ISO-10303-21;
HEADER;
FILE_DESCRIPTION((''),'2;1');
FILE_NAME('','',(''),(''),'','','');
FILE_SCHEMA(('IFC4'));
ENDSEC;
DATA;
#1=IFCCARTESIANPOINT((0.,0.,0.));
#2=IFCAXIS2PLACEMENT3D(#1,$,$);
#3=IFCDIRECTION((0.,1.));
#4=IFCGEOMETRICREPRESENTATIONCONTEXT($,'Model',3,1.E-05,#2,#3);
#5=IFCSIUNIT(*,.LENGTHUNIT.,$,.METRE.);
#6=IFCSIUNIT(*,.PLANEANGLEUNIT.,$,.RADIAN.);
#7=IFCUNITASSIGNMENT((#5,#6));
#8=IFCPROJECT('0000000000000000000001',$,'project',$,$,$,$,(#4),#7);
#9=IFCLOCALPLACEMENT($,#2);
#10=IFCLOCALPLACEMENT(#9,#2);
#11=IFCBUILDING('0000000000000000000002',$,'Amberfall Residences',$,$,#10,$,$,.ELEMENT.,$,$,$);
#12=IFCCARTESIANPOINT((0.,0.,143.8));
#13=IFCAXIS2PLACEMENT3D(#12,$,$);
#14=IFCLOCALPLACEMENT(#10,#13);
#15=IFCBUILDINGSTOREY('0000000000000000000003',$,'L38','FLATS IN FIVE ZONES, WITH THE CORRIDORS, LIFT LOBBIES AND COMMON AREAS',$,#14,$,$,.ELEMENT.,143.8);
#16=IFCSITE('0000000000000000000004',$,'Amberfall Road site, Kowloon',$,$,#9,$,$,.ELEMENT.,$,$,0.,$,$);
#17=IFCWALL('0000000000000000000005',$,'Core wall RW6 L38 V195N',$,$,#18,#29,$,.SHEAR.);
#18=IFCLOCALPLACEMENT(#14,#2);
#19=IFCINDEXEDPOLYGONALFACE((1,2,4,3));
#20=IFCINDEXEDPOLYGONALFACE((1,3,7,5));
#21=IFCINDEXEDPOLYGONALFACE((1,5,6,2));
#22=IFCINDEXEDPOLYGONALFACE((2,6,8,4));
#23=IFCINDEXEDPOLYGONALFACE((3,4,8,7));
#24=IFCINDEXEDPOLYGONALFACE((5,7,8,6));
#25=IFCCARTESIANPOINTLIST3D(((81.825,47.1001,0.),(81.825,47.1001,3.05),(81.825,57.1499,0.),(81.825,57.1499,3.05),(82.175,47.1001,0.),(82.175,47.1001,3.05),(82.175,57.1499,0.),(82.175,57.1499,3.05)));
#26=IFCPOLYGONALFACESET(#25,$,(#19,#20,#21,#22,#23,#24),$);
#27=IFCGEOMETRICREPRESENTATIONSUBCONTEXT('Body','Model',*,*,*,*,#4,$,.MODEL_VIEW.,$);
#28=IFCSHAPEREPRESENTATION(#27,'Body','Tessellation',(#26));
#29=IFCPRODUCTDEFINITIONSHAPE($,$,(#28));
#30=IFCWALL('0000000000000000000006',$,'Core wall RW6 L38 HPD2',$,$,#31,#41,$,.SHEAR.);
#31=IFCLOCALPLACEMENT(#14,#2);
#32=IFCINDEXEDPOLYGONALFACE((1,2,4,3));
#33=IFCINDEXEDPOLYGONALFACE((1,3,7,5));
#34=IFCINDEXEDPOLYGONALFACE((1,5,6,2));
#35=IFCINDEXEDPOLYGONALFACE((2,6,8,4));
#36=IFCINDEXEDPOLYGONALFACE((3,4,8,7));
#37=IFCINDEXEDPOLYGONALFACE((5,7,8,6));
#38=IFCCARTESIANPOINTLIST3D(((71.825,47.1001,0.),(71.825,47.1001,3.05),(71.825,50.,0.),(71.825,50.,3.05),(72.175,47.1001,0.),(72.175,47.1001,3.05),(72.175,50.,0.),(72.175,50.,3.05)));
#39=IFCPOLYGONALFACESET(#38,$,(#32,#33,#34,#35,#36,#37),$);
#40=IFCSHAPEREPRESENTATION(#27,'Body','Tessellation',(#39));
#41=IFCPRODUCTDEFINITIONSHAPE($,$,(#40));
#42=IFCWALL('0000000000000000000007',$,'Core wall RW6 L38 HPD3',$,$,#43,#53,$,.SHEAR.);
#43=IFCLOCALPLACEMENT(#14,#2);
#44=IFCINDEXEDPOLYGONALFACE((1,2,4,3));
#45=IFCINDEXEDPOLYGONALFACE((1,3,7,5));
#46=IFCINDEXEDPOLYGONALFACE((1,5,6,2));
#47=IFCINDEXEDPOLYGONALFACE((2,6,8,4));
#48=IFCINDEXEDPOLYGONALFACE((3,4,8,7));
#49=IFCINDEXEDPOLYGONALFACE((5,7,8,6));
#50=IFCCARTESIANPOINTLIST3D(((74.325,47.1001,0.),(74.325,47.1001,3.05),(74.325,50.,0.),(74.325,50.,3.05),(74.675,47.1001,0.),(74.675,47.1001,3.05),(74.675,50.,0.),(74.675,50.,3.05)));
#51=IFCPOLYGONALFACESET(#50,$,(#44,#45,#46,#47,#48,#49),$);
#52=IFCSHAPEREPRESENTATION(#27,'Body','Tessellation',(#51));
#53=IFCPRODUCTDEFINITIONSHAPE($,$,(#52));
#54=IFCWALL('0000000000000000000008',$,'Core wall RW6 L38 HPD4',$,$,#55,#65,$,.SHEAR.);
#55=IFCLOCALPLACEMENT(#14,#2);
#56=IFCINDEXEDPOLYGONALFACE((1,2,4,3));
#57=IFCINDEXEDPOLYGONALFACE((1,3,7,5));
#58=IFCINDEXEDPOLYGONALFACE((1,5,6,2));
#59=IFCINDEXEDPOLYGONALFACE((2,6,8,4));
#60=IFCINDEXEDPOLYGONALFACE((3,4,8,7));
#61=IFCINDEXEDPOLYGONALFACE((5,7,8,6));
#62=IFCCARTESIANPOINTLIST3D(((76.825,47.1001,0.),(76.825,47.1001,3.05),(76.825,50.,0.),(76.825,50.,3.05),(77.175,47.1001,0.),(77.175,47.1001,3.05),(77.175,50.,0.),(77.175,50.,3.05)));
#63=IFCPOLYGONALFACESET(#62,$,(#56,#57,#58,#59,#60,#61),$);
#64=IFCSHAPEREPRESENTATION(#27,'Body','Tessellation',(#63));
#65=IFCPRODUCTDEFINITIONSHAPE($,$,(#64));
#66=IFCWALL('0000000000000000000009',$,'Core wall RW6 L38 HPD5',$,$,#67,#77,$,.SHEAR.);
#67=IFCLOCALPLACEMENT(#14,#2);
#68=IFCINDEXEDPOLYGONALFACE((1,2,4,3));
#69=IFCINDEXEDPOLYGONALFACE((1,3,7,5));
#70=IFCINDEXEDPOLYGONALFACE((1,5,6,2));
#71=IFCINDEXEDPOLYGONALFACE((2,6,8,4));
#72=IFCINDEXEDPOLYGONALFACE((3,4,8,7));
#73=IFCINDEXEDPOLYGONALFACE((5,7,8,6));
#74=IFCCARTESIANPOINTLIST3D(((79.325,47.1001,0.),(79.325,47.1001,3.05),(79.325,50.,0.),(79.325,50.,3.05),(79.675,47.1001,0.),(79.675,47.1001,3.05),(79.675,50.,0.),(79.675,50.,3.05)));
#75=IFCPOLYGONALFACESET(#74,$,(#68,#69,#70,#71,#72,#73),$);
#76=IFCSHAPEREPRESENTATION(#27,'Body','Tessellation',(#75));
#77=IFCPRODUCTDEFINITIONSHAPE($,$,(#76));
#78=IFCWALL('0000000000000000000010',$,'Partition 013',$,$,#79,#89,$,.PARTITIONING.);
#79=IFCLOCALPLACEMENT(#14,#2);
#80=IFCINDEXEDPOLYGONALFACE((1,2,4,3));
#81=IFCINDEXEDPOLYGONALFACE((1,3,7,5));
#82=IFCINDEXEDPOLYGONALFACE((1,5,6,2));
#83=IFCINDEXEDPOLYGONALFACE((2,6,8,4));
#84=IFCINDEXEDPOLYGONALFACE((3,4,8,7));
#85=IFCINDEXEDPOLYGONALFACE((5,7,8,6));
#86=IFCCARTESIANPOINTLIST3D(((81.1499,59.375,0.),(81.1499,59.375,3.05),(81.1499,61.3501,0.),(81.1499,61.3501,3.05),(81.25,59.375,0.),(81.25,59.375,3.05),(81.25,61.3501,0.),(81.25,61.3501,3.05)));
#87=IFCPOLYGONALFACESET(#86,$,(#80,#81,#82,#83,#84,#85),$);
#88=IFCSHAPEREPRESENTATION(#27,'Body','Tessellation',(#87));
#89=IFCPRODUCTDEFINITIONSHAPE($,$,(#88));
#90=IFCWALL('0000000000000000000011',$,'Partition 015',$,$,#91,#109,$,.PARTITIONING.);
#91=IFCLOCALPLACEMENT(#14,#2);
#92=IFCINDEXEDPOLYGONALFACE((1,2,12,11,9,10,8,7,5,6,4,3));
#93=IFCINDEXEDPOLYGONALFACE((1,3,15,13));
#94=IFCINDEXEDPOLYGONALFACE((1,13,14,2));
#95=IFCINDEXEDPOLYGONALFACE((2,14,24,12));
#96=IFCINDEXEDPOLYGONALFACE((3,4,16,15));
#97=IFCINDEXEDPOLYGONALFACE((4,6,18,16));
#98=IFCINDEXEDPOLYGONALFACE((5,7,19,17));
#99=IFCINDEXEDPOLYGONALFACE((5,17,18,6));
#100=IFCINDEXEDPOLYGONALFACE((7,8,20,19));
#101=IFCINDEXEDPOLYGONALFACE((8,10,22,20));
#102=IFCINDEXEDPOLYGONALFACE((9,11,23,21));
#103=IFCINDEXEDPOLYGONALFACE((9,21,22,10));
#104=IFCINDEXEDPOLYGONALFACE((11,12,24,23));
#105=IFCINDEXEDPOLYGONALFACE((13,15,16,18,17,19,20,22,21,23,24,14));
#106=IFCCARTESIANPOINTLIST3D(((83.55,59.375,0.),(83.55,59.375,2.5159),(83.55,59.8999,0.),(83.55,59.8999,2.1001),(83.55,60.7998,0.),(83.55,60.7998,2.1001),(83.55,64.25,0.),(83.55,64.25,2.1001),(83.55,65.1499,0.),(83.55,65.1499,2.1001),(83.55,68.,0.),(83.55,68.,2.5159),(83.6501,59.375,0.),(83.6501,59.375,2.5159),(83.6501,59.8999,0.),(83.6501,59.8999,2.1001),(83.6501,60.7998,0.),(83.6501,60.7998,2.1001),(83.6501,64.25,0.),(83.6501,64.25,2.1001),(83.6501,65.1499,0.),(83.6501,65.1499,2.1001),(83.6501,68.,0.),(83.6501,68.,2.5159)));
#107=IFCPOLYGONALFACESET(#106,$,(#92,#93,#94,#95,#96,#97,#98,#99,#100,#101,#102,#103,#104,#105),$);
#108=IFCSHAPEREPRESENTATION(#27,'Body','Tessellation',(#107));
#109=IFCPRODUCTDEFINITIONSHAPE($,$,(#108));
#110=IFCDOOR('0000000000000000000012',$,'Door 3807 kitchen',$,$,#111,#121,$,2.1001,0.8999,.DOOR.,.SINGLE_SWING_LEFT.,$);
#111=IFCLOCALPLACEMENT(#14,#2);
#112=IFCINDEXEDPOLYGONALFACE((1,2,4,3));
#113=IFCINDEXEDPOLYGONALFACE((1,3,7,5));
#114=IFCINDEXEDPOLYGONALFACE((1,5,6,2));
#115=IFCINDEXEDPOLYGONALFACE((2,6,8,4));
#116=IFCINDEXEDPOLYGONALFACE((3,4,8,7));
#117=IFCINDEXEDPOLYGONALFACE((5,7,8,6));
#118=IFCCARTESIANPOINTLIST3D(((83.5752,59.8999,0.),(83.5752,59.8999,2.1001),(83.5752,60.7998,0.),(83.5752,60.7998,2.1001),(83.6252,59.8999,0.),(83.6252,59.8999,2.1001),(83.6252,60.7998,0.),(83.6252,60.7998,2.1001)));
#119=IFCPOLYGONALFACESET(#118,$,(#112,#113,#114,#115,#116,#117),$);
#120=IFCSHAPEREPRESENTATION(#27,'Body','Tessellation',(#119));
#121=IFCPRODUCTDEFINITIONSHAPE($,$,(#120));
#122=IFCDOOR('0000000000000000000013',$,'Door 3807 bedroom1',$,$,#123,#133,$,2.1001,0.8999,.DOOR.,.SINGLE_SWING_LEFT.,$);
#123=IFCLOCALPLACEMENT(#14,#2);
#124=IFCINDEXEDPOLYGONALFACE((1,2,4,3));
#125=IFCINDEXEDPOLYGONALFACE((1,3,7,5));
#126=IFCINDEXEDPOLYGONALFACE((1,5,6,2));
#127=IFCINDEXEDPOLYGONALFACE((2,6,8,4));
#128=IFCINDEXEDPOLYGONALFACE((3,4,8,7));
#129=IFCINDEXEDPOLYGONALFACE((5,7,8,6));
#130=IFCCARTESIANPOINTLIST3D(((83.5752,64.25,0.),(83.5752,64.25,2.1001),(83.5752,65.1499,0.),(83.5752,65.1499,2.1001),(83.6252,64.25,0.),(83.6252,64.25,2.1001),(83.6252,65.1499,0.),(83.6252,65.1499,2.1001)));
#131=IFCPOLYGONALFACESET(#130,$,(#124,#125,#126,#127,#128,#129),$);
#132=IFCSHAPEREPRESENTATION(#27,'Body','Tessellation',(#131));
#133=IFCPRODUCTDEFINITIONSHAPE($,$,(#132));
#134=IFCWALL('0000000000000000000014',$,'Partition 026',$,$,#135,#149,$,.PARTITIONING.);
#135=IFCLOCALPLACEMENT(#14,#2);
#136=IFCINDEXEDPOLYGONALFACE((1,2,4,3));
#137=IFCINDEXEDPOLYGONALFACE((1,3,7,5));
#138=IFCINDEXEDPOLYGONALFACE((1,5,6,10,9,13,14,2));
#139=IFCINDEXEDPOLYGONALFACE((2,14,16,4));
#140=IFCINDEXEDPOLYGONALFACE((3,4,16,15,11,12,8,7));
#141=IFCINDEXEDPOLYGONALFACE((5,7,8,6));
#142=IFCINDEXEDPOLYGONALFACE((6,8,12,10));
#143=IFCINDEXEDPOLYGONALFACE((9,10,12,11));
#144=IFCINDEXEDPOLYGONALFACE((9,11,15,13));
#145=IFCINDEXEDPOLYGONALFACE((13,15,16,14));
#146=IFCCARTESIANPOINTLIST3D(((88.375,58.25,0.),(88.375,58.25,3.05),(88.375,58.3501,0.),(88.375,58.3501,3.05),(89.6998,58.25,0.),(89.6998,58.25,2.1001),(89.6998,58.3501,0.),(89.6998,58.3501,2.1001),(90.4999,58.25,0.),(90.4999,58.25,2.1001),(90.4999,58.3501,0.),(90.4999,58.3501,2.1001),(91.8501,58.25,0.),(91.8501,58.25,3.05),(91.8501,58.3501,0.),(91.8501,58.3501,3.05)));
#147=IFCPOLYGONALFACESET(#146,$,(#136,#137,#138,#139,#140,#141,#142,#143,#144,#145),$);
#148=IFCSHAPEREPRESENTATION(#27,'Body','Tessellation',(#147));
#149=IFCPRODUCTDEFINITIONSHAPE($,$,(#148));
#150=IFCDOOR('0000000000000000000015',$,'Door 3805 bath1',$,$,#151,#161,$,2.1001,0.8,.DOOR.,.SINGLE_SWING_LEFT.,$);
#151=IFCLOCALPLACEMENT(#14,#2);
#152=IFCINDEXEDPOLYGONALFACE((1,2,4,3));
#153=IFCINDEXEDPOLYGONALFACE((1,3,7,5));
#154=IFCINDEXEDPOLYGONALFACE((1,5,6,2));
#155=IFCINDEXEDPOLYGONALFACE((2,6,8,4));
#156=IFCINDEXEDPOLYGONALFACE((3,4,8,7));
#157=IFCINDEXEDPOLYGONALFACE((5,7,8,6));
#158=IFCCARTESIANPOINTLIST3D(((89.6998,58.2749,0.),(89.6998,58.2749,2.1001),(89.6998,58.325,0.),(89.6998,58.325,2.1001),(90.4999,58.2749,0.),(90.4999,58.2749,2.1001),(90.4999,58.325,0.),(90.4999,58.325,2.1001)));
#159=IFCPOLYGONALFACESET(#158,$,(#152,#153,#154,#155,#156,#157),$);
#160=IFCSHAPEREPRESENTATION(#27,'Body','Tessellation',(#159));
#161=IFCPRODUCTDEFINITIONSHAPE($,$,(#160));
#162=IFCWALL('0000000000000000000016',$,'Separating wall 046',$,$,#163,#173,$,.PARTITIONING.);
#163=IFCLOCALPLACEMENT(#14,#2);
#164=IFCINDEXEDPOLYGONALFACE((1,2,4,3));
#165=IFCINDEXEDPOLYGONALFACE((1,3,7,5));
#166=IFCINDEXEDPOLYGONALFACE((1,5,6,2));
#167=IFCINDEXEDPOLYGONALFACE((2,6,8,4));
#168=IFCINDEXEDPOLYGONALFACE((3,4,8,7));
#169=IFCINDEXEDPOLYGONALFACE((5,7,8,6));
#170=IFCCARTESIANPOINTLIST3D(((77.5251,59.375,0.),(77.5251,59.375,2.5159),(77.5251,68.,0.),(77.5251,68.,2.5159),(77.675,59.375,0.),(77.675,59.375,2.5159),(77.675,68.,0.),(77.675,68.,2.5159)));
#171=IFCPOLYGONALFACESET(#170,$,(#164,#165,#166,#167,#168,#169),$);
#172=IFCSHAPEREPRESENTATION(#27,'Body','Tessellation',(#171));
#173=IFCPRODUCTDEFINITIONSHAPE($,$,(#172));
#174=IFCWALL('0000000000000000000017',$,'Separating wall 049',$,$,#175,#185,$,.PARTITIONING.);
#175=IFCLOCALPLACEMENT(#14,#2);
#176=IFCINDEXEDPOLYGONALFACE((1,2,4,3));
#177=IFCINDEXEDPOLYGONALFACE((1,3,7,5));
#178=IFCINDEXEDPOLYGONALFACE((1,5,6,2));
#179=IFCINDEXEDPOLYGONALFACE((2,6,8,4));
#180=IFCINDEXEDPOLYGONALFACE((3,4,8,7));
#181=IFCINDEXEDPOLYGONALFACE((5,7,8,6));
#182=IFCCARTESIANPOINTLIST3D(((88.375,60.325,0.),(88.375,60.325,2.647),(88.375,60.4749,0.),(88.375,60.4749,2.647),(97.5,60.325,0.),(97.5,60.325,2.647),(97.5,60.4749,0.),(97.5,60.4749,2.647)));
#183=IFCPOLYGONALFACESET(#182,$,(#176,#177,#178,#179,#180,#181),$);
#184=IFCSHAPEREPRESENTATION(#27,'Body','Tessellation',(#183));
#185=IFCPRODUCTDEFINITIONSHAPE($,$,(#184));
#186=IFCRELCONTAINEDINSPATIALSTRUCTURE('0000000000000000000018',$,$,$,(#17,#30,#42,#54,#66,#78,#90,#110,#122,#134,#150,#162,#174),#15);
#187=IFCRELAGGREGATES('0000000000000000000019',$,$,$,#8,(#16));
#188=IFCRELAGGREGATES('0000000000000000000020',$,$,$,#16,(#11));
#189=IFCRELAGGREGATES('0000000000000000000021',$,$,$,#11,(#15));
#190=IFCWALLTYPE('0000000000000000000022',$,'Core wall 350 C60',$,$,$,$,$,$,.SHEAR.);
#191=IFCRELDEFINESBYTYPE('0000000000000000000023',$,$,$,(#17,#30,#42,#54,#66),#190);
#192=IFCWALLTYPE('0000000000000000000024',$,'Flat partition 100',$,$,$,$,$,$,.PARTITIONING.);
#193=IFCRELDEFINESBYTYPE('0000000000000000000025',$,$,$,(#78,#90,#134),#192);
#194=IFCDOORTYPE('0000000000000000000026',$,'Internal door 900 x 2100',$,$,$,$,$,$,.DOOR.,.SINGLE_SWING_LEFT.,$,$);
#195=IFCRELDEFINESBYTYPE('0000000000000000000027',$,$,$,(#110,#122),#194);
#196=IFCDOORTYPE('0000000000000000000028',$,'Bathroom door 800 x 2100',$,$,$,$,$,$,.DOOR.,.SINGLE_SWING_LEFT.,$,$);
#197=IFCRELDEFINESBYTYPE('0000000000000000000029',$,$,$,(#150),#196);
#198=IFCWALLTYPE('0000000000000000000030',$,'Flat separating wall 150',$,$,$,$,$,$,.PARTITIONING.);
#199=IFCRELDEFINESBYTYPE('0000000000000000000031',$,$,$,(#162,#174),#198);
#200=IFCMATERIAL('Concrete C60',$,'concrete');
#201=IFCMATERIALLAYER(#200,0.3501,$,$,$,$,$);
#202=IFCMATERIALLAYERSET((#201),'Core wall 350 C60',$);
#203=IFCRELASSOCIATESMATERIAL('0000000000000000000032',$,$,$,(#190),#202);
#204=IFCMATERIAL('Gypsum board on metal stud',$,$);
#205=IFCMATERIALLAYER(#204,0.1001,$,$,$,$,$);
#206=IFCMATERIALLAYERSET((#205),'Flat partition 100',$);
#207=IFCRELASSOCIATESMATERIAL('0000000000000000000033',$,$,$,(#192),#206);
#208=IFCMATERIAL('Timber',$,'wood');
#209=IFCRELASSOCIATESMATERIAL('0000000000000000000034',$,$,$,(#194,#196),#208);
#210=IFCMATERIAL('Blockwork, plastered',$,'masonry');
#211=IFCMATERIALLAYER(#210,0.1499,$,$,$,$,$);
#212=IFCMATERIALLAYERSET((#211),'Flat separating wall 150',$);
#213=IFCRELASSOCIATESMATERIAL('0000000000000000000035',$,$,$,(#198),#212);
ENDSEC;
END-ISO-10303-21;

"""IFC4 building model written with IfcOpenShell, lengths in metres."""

from ifc_helpers import new_model, si_unit, direction, frame, frame_2d, origin, place, context, subcontext, project, spatial, rectangle, extrude, material, layer, layer_set, type_object, element, fill, save


model = new_model("IFC4")

# Units and contexts
model_context = context("Model", 3, precision=1e-05, world=origin(), true_north=direction((0.0, 1.0)))
body_context = subcontext(model_context, "Body", "Model", "MODEL_VIEW")
ifc_project = project(units=[si_unit("LENGTHUNIT", "METRE"), si_unit("PLANEANGLEUNIT", "RADIAN")], contexts=[model_context])

# Site, building, storey
site_placement = place(None, origin())
site = spatial("IfcSite", under=ifc_project, at=site_placement, Name="Amberfall Road site, Kowloon", CompositionType="ELEMENT", RefElevation=0.0)
building_placement = place(site_placement, origin())
building = spatial("IfcBuilding", under=site, at=building_placement, Name="Amberfall Residences", CompositionType="ELEMENT")
storey_placement = place(building_placement, frame((0.0, 0.0, 143.8)))
storey = spatial("IfcBuildingStorey", under=building, at=storey_placement, Name="L38", Description="FLATS IN FIVE ZONES, WITH THE CORRIDORS, LIFT LOBBIES AND COMMON AREAS", CompositionType="ELEMENT", Elevation=143.8)

# Walls
ifc_material_1 = material(Name="Concrete C60", Category="concrete")
ifc_layer_1 = layer(ifc_material_1, 0.3501)
ifc_layer_set_1 = layer_set([ifc_layer_1], Name="Core wall 350 C60")
wall_type_1 = type_object("IfcWallType", Name="Core wall 350 C60", PredefinedType="SHEAR", material=ifc_layer_set_1)
wall_1_placement = place(storey_placement, frame((82.0, 47.1001, 0.0), z_axis=(0.0, 0.0, 1.0), x_axis=(0.0, 1.0, 0.0)))
element("IfcWall", 1, at=wall_1_placement, inside=storey, type_object=wall_type_1, Name="Core wall RW6 L38 V195N", PredefinedType="SHEAR", context=body_context, shape_type="SweptSolid", body=[
    extrude(rectangle(XDim=10.0498, YDim=0.3501, at=frame_2d((5.0249, 0.0))), origin(), (0.0, 0.0, 1.0), 3.05),
])
for number, where, z_axis, x_axis, name in (
    (2, (72.0, 47.1001, 0.0), (0.0, 0.0, 1.0), (0.0, 1.0, 0.0), "Core wall RW6 L38 HPD2"),
    (3, (74.5, 47.1001, 0.0), (0.0, 0.0, 1.0), (0.0, 1.0, 0.0), "Core wall RW6 L38 HPD3"),
    (4, (77.0, 47.1001, 0.0), (0.0, 0.0, 1.0), (0.0, 1.0, 0.0), "Core wall RW6 L38 HPD4"),
    (5, (79.5, 47.1001, 0.0), (0.0, 0.0, 1.0), (0.0, 1.0, 0.0), "Core wall RW6 L38 HPD5"),
):
    element("IfcWall", number, at=place(storey_placement, frame(where, z_axis=z_axis, x_axis=x_axis)), inside=storey, type_object=wall_type_1, Name=name, PredefinedType="SHEAR", context=body_context, shape_type="SweptSolid", body=[
        extrude(rectangle(XDim=2.8999, YDim=0.3501, at=frame_2d((1.45, 0.0))), origin(), (0.0, 0.0, 1.0), 3.05),
    ])
ifc_material_2 = material(Name="Gypsum board on metal stud")
ifc_layer_2 = layer(ifc_material_2, 0.1001)
ifc_layer_set_2 = layer_set([ifc_layer_2], Name="Flat partition 100")
wall_type_2 = type_object("IfcWallType", Name="Flat partition 100", PredefinedType="PARTITIONING", material=ifc_layer_set_2)
wall_2_placement = place(storey_placement, frame((81.2, 59.375, 0.0), z_axis=(0.0, 0.0, 1.0), x_axis=(0.0, 1.0, 0.0)))
element("IfcWall", 6, at=wall_2_placement, inside=storey, type_object=wall_type_2, Name="Partition 013", PredefinedType="PARTITIONING", context=body_context, shape_type="SweptSolid", body=[
    extrude(rectangle(XDim=1.9751, YDim=0.1001, at=frame_2d((0.9875, 0.0))), origin(), (0.0, 0.0, 1.0), 3.05),
])

# Wall, openings, doors
wall_3_placement = place(storey_placement, frame((83.6001, 59.375, 0.0), z_axis=(0.0, 0.0, 1.0), x_axis=(0.0, 1.0, 0.0)))
wall_3 = element("IfcWall", 7, at=wall_3_placement, inside=storey, type_object=wall_type_2, Name="Partition 015", PredefinedType="PARTITIONING", context=body_context, shape_type="SweptSolid", body=[
    extrude(rectangle(XDim=8.625, YDim=0.1001, at=frame_2d((4.3125, 0.0))), origin(), (0.0, 0.0, 1.0), 2.5159),
])
opening_1_placement = place(wall_3_placement, frame((0.5249, 0.0, 0.0)))
opening_1 = element("IfcOpeningElement", 8, at=opening_1_placement, cuts=wall_3, PredefinedType="OPENING", context=body_context, shape_type="SweptSolid", body=[
    extrude(rectangle(XDim=0.8999, YDim=2.1001, at=frame_2d((0.45, 1.05))), frame((0.0, 0.0601, 0.0), z_axis=(0.0, -1.0, 0.0), x_axis=(1.0, 0.0, 0.0)), (0.0, 0.0, 1.0), 0.1201),
])
opening_2_placement = place(wall_3_placement, frame((4.875, 0.0, 0.0)))
opening_2 = element("IfcOpeningElement", 9, at=opening_2_placement, cuts=wall_3, PredefinedType="OPENING", context=body_context, shape_type="SweptSolid", body=[
    extrude(rectangle(XDim=0.8999, YDim=2.1001, at=frame_2d((0.45, 1.05))), frame((0.0, 0.0601, 0.0), z_axis=(0.0, -1.0, 0.0), x_axis=(1.0, 0.0, 0.0)), (0.0, 0.0, 1.0), 0.1201),
])
ifc_material_3 = material(Name="Timber", Category="wood")
door_type_1 = type_object("IfcDoorType", Name="Internal door 900 x 2100", OperationType="SINGLE_SWING_LEFT", PredefinedType="DOOR", material=ifc_material_3)
door_1_placement = place(opening_1_placement, origin())
door_1 = element("IfcDoor", 10, at=door_1_placement, inside=storey, type_object=door_type_1, Name="Door 3807 kitchen", OperationType="SINGLE_SWING_LEFT", OverallHeight=2.1001, OverallWidth=0.8999, PredefinedType="DOOR", context=body_context, shape_type="SweptSolid", body=[
    extrude(rectangle(XDim=0.8999, YDim=2.1001, at=frame_2d((0.45, 1.05))), frame((0.0, 0.0249, 0.0), z_axis=(0.0, -1.0, 0.0), x_axis=(1.0, 0.0, 0.0)), (0.0, 0.0, 1.0), 0.05),
])
fill(opening_1, door_1)
door_2_placement = place(opening_2_placement, origin())
door_2 = element("IfcDoor", 11, at=door_2_placement, inside=storey, type_object=door_type_1, Name="Door 3807 bedroom1", OperationType="SINGLE_SWING_LEFT", OverallHeight=2.1001, OverallWidth=0.8999, PredefinedType="DOOR", context=body_context, shape_type="SweptSolid", body=[
    extrude(rectangle(XDim=0.8999, YDim=2.1001, at=frame_2d((0.45, 1.05))), frame((0.0, 0.0249, 0.0), z_axis=(0.0, -1.0, 0.0), x_axis=(1.0, 0.0, 0.0)), (0.0, 0.0, 1.0), 0.05),
])
fill(opening_2, door_2)

# Wall, opening, door
wall_4_placement = place(storey_placement, frame((88.375, 58.3, 0.0), z_axis=(0.0, 0.0, 1.0), x_axis=(1.0, 0.0, 0.0)))
wall_4 = element("IfcWall", 12, at=wall_4_placement, inside=storey, type_object=wall_type_2, Name="Partition 026", PredefinedType="PARTITIONING", context=body_context, shape_type="SweptSolid", body=[
    extrude(rectangle(XDim=3.4751, YDim=0.1001, at=frame_2d((1.7375, 0.0))), origin(), (0.0, 0.0, 1.0), 3.05),
])
opening_3_placement = place(wall_4_placement, frame((1.325, 0.0, 0.0)))
opening_3 = element("IfcOpeningElement", 13, at=opening_3_placement, cuts=wall_4, PredefinedType="OPENING", context=body_context, shape_type="SweptSolid", body=[
    extrude(rectangle(XDim=0.8, YDim=2.1001, at=frame_2d((0.3999, 1.05))), frame((0.0, 0.0601, 0.0), z_axis=(0.0, -1.0, 0.0), x_axis=(1.0, 0.0, 0.0)), (0.0, 0.0, 1.0), 0.1201),
])
door_type_2 = type_object("IfcDoorType", Name="Bathroom door 800 x 2100", OperationType="SINGLE_SWING_LEFT", PredefinedType="DOOR", material=ifc_material_3)
door_3_placement = place(opening_3_placement, origin())
door_3 = element("IfcDoor", 14, at=door_3_placement, inside=storey, type_object=door_type_2, Name="Door 3805 bath1", OperationType="SINGLE_SWING_LEFT", OverallHeight=2.1001, OverallWidth=0.8, PredefinedType="DOOR", context=body_context, shape_type="SweptSolid", body=[
    extrude(rectangle(XDim=0.8, YDim=2.1001, at=frame_2d((0.3999, 1.05))), frame((0.0, 0.0249, 0.0), z_axis=(0.0, -1.0, 0.0), x_axis=(1.0, 0.0, 0.0)), (0.0, 0.0, 1.0), 0.05),
])
fill(opening_3, door_3)

# Walls
ifc_material_4 = material(Name="Blockwork, plastered", Category="masonry")
ifc_layer_3 = layer(ifc_material_4, 0.1499)
ifc_layer_set_3 = layer_set([ifc_layer_3], Name="Flat separating wall 150")
wall_type_3 = type_object("IfcWallType", Name="Flat separating wall 150", PredefinedType="PARTITIONING", material=ifc_layer_set_3)
wall_5_placement = place(storey_placement, frame((77.6001, 59.375, 0.0), z_axis=(0.0, 0.0, 1.0), x_axis=(0.0, 1.0, 0.0)))
element("IfcWall", 15, at=wall_5_placement, inside=storey, type_object=wall_type_3, Name="Separating wall 046", PredefinedType="PARTITIONING", context=body_context, shape_type="SweptSolid", body=[
    extrude(rectangle(XDim=8.625, YDim=0.1499, at=frame_2d((4.3125, 0.0))), origin(), (0.0, 0.0, 1.0), 2.5159),
])
wall_6_placement = place(storey_placement, frame((88.375, 60.3999, 0.0), z_axis=(0.0, 0.0, 1.0), x_axis=(1.0, 0.0, 0.0)))
element("IfcWall", 16, at=wall_6_placement, inside=storey, type_object=wall_type_3, Name="Separating wall 049", PredefinedType="PARTITIONING", context=body_context, shape_type="SweptSolid", body=[
    extrude(rectangle(XDim=9.125, YDim=0.1499, at=frame_2d((4.5625, 0.0))), origin(), (0.0, 0.0, 1.0), 2.647),
])

save(model, "model.ifc")
